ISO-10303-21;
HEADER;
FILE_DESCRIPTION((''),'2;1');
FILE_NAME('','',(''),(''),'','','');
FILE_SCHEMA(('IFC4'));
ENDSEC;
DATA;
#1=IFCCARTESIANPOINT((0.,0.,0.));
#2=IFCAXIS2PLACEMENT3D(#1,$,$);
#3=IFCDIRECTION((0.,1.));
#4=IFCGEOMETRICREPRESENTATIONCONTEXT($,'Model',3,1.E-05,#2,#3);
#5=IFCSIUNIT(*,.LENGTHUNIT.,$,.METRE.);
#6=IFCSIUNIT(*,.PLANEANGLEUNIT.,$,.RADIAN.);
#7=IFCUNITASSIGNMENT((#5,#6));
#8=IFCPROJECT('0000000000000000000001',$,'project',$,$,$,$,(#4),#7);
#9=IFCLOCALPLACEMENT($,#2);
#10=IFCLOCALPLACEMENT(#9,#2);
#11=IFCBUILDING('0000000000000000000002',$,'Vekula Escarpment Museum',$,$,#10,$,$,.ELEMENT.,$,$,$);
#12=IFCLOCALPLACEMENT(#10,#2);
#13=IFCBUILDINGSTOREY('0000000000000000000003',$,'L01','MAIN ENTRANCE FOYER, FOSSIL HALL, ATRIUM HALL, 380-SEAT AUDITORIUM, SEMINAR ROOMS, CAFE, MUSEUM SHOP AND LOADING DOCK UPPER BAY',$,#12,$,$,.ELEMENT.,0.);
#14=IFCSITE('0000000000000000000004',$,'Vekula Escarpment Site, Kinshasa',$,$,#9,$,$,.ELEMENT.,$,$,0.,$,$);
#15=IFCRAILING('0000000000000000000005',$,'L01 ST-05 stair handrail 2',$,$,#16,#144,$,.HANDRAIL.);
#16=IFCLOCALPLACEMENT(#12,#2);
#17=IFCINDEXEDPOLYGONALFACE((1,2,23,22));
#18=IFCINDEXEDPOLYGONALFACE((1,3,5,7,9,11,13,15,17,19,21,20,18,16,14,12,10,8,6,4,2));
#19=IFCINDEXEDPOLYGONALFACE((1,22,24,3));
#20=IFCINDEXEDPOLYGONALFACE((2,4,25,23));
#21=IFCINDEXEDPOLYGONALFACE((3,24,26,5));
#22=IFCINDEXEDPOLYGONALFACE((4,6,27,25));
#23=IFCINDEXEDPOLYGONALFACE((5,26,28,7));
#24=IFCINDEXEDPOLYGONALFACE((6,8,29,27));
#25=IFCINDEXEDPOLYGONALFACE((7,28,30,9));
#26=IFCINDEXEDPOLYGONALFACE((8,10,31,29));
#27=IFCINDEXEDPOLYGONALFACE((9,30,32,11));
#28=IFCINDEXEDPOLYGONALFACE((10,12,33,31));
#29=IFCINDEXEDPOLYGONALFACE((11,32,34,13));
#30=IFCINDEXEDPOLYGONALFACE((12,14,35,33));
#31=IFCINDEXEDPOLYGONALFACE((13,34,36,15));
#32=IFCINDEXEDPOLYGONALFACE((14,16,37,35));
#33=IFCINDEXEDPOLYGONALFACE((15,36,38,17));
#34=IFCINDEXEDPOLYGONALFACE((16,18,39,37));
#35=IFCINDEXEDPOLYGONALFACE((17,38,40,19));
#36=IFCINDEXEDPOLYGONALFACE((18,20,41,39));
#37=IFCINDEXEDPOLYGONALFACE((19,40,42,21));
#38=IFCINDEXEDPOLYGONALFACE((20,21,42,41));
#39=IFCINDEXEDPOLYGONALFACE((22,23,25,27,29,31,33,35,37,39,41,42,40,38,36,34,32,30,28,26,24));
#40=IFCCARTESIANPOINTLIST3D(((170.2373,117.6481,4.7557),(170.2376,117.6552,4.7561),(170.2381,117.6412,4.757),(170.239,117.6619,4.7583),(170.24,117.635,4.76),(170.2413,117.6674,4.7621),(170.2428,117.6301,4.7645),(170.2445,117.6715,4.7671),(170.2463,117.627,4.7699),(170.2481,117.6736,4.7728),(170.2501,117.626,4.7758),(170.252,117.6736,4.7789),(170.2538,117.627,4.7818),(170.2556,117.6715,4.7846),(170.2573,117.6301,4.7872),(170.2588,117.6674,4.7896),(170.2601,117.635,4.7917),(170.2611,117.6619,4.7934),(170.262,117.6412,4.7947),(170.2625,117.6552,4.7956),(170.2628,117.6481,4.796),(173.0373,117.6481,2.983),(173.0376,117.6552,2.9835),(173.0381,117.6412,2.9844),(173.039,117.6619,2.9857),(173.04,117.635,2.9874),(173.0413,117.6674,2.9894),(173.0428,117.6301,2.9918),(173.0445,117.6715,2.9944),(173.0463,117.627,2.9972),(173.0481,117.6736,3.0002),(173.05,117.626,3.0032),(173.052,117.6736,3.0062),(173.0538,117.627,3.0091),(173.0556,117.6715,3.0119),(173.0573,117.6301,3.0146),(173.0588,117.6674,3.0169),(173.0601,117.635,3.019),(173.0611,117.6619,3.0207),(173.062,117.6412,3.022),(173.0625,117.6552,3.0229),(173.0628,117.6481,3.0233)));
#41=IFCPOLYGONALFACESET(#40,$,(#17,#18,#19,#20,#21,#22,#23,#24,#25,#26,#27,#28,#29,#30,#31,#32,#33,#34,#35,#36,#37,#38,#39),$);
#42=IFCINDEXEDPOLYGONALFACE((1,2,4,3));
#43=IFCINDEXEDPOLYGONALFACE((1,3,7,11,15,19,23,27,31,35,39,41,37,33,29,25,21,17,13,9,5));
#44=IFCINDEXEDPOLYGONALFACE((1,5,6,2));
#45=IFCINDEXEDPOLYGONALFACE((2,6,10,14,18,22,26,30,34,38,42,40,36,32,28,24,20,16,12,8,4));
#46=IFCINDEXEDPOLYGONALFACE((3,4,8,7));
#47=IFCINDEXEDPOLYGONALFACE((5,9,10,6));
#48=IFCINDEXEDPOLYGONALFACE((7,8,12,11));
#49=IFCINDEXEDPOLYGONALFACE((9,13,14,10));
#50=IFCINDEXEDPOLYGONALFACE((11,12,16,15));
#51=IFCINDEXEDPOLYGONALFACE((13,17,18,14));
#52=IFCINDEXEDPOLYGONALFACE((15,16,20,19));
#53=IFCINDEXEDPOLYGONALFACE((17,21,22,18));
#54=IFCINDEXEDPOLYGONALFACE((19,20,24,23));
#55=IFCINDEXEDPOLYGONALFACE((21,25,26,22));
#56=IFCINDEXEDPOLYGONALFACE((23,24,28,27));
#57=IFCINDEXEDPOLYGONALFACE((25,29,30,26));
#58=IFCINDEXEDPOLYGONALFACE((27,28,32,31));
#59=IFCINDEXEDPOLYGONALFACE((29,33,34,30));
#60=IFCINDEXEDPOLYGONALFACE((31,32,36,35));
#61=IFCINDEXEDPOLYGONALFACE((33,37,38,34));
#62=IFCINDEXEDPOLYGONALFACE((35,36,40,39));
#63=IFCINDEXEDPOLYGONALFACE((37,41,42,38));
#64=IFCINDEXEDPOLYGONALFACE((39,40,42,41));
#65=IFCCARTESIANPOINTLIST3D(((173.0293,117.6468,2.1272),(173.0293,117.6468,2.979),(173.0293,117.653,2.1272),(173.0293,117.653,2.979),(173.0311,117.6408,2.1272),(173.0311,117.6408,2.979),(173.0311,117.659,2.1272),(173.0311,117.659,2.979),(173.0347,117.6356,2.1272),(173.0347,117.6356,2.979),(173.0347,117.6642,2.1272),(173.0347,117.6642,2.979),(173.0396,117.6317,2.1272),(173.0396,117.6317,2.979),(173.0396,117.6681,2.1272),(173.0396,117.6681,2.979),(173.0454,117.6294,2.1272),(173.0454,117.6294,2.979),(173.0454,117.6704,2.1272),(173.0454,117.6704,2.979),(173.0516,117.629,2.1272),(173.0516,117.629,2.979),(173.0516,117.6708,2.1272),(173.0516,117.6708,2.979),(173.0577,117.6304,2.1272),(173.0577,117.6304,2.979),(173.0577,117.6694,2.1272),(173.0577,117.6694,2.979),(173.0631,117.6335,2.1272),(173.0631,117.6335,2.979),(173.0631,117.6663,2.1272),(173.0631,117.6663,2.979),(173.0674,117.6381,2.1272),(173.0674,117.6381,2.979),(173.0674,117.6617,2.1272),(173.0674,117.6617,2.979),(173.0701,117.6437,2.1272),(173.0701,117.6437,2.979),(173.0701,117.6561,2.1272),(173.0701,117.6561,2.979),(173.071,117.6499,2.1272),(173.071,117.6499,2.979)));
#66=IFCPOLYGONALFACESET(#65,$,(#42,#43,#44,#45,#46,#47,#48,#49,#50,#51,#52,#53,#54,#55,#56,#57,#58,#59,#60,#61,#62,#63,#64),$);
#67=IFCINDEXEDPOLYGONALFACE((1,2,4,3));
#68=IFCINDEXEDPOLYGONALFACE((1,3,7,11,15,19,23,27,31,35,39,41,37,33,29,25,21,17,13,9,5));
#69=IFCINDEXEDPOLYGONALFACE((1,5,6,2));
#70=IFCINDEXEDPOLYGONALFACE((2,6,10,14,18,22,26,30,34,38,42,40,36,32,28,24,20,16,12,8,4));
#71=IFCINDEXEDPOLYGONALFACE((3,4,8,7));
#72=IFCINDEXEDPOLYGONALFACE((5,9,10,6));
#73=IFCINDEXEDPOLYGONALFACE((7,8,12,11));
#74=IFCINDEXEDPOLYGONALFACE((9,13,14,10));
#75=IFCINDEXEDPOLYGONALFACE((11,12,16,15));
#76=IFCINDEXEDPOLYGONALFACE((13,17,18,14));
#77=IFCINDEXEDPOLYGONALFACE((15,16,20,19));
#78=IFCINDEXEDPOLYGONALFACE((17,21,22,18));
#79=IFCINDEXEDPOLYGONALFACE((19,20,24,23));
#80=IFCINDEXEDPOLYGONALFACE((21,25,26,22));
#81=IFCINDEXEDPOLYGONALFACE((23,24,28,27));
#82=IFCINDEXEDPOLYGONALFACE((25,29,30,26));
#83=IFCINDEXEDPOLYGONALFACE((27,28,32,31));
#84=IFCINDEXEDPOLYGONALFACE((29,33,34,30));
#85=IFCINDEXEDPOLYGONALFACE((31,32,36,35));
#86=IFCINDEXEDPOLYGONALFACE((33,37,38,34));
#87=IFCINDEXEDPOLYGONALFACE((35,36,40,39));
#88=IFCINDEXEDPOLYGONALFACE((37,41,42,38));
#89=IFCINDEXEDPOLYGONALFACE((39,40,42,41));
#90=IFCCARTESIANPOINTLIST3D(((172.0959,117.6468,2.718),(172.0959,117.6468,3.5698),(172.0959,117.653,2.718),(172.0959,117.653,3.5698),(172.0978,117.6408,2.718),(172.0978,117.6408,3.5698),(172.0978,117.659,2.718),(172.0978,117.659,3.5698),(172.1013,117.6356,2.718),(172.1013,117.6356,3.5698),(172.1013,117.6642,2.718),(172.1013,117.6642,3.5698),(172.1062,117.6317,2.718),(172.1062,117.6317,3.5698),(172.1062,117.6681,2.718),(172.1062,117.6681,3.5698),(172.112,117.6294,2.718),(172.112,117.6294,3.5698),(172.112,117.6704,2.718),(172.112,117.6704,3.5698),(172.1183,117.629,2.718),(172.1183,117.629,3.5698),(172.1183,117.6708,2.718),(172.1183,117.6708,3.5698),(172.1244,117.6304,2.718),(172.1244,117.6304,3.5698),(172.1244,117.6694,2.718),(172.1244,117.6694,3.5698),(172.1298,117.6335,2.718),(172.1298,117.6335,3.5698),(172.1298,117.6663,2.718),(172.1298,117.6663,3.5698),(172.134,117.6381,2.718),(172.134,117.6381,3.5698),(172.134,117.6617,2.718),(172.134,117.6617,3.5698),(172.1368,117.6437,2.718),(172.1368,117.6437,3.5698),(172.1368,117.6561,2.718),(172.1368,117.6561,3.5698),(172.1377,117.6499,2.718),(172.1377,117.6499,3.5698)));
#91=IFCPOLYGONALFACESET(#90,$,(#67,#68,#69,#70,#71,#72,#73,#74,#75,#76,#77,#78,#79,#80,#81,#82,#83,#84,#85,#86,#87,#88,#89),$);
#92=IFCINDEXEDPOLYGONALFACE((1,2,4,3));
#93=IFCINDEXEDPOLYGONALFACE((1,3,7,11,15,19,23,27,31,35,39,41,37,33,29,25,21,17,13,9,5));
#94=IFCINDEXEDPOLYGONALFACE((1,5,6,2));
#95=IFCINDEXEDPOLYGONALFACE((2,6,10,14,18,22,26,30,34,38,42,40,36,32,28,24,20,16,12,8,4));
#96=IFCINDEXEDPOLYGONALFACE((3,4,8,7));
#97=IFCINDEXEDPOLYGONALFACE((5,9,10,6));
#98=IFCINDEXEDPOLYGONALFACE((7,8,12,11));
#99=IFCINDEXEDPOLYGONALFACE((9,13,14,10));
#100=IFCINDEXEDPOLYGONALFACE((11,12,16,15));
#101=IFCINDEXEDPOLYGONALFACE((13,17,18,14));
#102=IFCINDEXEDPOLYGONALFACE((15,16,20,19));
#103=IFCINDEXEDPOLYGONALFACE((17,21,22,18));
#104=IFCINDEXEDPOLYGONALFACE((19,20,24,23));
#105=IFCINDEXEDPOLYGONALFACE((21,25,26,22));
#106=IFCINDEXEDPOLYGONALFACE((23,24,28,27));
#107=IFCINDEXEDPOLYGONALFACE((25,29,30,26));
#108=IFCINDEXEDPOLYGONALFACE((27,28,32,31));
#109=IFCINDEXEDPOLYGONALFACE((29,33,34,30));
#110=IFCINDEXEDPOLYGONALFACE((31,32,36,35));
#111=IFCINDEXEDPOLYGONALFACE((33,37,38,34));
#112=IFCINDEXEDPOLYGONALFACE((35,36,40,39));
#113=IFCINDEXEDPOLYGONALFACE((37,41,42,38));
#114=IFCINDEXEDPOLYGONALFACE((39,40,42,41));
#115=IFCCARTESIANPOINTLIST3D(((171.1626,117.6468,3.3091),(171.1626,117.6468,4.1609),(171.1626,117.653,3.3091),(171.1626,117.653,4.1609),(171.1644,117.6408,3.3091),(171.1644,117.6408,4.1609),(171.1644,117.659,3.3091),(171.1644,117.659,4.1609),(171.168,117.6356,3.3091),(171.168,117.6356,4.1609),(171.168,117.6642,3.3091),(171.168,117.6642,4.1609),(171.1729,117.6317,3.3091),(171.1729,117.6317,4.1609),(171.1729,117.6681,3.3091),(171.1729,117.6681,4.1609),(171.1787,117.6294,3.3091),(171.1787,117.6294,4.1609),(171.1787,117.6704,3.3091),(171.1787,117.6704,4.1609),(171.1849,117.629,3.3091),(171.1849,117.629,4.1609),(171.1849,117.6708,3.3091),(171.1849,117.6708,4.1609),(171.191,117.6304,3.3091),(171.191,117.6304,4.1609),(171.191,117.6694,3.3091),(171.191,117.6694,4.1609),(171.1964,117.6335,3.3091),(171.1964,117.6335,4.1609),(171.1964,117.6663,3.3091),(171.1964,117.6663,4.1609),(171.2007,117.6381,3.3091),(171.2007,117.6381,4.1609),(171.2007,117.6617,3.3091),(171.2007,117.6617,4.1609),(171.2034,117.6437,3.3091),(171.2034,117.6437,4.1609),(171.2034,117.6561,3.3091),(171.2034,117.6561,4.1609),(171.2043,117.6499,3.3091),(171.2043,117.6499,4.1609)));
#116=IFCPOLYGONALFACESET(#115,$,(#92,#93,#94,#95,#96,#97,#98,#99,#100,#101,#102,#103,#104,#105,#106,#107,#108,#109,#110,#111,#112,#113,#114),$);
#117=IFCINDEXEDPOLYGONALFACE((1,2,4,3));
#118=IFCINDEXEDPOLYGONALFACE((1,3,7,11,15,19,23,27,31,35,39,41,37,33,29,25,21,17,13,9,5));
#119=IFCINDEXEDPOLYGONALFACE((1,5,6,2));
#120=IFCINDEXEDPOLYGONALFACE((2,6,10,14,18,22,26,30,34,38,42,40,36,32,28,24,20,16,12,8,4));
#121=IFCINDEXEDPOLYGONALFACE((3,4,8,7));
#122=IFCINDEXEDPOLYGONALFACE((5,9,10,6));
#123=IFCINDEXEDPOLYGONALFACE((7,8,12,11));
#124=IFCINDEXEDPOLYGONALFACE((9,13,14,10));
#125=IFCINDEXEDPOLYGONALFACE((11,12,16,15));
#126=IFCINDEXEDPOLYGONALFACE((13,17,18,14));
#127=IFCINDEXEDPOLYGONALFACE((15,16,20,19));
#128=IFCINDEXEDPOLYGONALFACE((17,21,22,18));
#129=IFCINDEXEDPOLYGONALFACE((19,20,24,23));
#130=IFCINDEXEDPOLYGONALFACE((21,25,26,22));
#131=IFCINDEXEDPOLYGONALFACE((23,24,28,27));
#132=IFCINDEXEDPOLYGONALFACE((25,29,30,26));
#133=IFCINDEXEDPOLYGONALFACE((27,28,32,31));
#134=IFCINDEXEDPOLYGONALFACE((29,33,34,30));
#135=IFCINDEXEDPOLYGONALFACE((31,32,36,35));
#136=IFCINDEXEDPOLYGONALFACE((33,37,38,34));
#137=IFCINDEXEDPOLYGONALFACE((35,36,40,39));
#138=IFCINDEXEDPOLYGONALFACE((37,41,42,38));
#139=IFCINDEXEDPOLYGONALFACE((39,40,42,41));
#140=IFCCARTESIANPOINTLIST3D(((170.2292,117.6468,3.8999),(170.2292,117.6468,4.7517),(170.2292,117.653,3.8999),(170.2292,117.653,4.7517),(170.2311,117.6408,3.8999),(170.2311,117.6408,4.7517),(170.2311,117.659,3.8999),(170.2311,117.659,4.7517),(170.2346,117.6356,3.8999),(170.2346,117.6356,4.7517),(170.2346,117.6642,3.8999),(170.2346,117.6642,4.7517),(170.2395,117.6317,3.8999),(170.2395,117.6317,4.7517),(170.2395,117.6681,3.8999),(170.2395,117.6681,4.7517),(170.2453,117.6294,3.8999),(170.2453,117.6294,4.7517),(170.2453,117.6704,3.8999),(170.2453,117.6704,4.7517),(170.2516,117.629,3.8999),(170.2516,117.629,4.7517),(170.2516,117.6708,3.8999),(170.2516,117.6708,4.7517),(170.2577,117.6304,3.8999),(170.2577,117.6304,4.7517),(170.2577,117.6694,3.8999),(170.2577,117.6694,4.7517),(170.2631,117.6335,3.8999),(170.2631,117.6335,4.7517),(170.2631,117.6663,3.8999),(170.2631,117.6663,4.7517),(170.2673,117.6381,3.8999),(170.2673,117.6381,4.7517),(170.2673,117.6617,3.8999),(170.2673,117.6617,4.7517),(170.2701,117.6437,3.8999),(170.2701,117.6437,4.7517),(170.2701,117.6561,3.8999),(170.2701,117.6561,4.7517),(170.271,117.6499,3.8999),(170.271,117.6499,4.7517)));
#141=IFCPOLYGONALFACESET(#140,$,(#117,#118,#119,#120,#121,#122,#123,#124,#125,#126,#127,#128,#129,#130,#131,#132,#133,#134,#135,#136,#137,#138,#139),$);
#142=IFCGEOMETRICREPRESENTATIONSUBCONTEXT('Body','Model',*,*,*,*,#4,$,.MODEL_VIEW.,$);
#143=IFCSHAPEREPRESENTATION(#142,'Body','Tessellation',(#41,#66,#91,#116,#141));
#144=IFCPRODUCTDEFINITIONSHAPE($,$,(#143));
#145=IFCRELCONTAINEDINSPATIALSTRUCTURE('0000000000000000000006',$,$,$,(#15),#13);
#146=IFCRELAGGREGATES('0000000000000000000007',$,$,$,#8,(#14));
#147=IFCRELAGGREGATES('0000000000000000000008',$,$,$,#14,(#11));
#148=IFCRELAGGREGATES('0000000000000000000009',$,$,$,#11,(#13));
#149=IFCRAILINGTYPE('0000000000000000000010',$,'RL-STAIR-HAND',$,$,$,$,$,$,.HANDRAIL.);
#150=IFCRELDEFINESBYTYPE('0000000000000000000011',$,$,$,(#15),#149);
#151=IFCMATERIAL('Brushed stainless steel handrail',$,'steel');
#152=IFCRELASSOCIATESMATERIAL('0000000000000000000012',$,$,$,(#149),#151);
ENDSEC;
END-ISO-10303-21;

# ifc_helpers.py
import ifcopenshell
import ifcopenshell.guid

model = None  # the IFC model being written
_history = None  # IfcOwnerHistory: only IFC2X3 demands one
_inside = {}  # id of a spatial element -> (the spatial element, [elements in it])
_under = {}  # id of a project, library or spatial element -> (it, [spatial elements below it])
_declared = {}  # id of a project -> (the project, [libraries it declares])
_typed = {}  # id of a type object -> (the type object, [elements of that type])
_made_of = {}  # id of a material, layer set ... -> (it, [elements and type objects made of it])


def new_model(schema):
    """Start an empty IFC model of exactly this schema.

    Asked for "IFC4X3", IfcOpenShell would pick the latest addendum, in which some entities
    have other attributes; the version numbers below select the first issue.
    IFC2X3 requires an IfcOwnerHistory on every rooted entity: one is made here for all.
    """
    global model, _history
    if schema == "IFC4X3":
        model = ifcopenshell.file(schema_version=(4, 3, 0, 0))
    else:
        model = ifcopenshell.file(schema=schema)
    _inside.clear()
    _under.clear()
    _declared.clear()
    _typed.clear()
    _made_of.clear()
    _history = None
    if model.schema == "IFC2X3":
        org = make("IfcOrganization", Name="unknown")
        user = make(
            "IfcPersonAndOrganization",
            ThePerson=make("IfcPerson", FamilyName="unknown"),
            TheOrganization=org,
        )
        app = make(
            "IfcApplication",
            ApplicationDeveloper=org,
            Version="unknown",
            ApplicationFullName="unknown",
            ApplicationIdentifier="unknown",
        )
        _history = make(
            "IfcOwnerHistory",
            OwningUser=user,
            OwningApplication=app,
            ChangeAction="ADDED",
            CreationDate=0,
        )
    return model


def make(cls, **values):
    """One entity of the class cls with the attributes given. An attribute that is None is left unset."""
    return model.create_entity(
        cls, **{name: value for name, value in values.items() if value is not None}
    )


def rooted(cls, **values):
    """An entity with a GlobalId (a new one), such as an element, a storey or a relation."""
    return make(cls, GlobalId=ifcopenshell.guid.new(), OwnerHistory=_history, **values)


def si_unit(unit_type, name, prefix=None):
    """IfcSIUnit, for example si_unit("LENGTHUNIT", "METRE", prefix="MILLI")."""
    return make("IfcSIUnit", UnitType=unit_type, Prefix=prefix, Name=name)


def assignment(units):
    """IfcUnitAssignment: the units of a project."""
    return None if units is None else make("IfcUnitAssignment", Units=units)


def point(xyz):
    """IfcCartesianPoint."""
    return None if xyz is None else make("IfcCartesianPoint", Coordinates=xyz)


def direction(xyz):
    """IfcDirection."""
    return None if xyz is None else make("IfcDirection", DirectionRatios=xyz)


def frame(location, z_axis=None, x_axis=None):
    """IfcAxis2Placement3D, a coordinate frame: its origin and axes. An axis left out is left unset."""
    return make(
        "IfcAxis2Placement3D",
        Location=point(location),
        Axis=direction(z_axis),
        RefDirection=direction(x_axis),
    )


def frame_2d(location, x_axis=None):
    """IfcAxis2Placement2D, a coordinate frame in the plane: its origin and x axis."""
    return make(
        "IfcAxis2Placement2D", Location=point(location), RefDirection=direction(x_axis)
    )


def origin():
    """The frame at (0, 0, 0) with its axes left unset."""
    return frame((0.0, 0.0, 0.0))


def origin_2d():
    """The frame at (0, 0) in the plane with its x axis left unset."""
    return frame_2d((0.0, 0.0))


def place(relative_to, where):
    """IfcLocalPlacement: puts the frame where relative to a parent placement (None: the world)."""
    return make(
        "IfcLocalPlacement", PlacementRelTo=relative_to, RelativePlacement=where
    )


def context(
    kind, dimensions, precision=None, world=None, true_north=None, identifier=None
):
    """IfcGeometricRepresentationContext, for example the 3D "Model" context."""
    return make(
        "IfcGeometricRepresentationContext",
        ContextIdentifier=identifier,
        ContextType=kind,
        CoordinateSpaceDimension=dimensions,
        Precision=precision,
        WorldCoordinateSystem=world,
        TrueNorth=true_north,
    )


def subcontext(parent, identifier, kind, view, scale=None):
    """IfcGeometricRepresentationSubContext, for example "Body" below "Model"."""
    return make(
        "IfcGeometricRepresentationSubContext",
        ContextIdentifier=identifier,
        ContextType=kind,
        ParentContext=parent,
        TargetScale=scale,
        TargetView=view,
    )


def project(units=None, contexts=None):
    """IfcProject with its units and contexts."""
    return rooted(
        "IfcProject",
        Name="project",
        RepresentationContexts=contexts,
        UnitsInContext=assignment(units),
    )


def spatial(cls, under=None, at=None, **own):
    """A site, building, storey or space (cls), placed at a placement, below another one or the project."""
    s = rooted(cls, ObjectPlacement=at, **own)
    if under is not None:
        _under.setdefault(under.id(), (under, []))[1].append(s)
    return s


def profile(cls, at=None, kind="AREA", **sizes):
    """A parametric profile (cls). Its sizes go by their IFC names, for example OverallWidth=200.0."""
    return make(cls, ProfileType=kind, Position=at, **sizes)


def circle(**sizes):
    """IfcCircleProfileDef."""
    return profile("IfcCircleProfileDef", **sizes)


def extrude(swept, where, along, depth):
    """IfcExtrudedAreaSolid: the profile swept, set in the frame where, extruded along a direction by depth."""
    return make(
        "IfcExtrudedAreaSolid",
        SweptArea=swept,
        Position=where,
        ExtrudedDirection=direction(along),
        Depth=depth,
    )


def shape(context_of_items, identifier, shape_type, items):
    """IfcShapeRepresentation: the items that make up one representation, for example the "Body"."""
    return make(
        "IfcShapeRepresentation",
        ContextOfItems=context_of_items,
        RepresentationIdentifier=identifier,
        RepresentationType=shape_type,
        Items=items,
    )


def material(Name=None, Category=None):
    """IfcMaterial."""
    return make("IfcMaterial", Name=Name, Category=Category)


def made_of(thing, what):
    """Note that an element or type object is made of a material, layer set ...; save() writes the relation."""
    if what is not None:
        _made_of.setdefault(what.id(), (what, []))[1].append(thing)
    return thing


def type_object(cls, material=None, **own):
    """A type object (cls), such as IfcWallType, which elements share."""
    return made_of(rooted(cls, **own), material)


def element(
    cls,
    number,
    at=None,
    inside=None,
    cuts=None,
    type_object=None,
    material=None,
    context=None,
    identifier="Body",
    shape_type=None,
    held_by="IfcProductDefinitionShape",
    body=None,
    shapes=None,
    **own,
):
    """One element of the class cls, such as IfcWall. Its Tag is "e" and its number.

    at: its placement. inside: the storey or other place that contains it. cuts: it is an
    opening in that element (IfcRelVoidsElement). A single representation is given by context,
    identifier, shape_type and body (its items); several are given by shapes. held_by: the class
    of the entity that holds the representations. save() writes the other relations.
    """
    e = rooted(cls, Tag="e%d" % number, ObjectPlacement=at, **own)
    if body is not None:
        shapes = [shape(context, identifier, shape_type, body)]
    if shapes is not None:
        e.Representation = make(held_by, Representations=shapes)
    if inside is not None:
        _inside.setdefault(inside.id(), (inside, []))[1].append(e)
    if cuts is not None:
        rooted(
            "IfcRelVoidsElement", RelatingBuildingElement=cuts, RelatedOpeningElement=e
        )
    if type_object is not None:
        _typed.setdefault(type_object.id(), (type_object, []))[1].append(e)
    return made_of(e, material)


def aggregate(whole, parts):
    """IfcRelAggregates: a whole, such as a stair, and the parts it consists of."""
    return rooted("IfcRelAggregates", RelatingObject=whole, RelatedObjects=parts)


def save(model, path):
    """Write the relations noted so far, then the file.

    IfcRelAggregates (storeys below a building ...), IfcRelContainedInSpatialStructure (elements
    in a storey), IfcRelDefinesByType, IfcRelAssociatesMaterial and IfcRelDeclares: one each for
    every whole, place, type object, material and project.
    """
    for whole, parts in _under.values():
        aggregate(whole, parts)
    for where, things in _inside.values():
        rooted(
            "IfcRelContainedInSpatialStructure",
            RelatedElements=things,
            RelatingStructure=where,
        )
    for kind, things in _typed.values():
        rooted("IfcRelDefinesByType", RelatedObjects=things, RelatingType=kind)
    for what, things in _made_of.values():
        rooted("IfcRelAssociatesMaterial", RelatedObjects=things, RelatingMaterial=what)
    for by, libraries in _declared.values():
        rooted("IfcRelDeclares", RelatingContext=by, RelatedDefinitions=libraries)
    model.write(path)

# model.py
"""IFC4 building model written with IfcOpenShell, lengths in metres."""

from ifc_helpers import new_model, si_unit, direction, frame, origin, origin_2d, place, context, subcontext, project, spatial, circle, extrude, material, type_object, element, save


model = new_model("IFC4")

# Units and contexts
model_context = context("Model", 3, precision=1e-05, world=origin(), true_north=direction((0.0, 1.0)))
body_context = subcontext(model_context, "Body", "Model", "MODEL_VIEW")
ifc_project = project(units=[si_unit("LENGTHUNIT", "METRE"), si_unit("PLANEANGLEUNIT", "RADIAN")], contexts=[model_context])

# Site, building, storey
site_placement = place(None, origin())
site = spatial("IfcSite", under=ifc_project, at=site_placement, Name="Vekula Escarpment Site, Kinshasa", CompositionType="ELEMENT", RefElevation=0.0)
building_placement = place(site_placement, origin())
building = spatial("IfcBuilding", under=site, at=building_placement, Name="Vekula Escarpment Museum", CompositionType="ELEMENT")
storey_placement = place(building_placement, origin())
storey = spatial("IfcBuildingStorey", under=building, at=storey_placement, Name="L01", Description="MAIN ENTRANCE FOYER, FOSSIL HALL, ATRIUM HALL, 380-SEAT AUDITORIUM, SEMINAR ROOMS, CAFE, MUSEUM SHOP AND LOADING DOCK UPPER BAY", CompositionType="ELEMENT", Elevation=0.0)

# Railing
ifc_material_1 = material(Name="Brushed stainless steel handrail", Category="steel")
railing_type_1 = type_object("IfcRailingType", Name="RL-STAIR-HAND", PredefinedType="HANDRAIL", material=ifc_material_1)
railing_1_placement = place(storey_placement, frame((173.05, 117.6499, 2.1272)))
element("IfcRailing", 1, at=railing_1_placement, inside=storey, type_object=railing_type_1, Name="L01 ST-05 stair handrail 2", PredefinedType="HANDRAIL", context=body_context, shape_type="SweptSolid", body=[
    extrude(circle(Radius=0.0239, at=origin_2d()), frame((0.0, 0.0, 0.876), z_axis=(-0.844909, 0.0, 0.53491), x_axis=(0.0, -1.0, 0.0)), (0.0, 0.0, 1.0), 3.314),
    extrude(circle(Radius=0.021, at=origin_2d()), origin(), (0.0, 0.0, 1.0), 0.8518),
    extrude(circle(Radius=0.021, at=origin_2d()), frame((-0.9333, 0.0, 0.5908)), (0.0, 0.0, 1.0), 0.8518),
    extrude(circle(Radius=0.021, at=origin_2d()), frame((-1.8667, 0.0, 1.1819)), (0.0, 0.0, 1.0), 0.8518),
    extrude(circle(Radius=0.021, at=origin_2d()), frame((-2.8, 0.0, 1.7727)), (0.0, 0.0, 1.0), 0.8518),
])

save(model, "model.ifc")
